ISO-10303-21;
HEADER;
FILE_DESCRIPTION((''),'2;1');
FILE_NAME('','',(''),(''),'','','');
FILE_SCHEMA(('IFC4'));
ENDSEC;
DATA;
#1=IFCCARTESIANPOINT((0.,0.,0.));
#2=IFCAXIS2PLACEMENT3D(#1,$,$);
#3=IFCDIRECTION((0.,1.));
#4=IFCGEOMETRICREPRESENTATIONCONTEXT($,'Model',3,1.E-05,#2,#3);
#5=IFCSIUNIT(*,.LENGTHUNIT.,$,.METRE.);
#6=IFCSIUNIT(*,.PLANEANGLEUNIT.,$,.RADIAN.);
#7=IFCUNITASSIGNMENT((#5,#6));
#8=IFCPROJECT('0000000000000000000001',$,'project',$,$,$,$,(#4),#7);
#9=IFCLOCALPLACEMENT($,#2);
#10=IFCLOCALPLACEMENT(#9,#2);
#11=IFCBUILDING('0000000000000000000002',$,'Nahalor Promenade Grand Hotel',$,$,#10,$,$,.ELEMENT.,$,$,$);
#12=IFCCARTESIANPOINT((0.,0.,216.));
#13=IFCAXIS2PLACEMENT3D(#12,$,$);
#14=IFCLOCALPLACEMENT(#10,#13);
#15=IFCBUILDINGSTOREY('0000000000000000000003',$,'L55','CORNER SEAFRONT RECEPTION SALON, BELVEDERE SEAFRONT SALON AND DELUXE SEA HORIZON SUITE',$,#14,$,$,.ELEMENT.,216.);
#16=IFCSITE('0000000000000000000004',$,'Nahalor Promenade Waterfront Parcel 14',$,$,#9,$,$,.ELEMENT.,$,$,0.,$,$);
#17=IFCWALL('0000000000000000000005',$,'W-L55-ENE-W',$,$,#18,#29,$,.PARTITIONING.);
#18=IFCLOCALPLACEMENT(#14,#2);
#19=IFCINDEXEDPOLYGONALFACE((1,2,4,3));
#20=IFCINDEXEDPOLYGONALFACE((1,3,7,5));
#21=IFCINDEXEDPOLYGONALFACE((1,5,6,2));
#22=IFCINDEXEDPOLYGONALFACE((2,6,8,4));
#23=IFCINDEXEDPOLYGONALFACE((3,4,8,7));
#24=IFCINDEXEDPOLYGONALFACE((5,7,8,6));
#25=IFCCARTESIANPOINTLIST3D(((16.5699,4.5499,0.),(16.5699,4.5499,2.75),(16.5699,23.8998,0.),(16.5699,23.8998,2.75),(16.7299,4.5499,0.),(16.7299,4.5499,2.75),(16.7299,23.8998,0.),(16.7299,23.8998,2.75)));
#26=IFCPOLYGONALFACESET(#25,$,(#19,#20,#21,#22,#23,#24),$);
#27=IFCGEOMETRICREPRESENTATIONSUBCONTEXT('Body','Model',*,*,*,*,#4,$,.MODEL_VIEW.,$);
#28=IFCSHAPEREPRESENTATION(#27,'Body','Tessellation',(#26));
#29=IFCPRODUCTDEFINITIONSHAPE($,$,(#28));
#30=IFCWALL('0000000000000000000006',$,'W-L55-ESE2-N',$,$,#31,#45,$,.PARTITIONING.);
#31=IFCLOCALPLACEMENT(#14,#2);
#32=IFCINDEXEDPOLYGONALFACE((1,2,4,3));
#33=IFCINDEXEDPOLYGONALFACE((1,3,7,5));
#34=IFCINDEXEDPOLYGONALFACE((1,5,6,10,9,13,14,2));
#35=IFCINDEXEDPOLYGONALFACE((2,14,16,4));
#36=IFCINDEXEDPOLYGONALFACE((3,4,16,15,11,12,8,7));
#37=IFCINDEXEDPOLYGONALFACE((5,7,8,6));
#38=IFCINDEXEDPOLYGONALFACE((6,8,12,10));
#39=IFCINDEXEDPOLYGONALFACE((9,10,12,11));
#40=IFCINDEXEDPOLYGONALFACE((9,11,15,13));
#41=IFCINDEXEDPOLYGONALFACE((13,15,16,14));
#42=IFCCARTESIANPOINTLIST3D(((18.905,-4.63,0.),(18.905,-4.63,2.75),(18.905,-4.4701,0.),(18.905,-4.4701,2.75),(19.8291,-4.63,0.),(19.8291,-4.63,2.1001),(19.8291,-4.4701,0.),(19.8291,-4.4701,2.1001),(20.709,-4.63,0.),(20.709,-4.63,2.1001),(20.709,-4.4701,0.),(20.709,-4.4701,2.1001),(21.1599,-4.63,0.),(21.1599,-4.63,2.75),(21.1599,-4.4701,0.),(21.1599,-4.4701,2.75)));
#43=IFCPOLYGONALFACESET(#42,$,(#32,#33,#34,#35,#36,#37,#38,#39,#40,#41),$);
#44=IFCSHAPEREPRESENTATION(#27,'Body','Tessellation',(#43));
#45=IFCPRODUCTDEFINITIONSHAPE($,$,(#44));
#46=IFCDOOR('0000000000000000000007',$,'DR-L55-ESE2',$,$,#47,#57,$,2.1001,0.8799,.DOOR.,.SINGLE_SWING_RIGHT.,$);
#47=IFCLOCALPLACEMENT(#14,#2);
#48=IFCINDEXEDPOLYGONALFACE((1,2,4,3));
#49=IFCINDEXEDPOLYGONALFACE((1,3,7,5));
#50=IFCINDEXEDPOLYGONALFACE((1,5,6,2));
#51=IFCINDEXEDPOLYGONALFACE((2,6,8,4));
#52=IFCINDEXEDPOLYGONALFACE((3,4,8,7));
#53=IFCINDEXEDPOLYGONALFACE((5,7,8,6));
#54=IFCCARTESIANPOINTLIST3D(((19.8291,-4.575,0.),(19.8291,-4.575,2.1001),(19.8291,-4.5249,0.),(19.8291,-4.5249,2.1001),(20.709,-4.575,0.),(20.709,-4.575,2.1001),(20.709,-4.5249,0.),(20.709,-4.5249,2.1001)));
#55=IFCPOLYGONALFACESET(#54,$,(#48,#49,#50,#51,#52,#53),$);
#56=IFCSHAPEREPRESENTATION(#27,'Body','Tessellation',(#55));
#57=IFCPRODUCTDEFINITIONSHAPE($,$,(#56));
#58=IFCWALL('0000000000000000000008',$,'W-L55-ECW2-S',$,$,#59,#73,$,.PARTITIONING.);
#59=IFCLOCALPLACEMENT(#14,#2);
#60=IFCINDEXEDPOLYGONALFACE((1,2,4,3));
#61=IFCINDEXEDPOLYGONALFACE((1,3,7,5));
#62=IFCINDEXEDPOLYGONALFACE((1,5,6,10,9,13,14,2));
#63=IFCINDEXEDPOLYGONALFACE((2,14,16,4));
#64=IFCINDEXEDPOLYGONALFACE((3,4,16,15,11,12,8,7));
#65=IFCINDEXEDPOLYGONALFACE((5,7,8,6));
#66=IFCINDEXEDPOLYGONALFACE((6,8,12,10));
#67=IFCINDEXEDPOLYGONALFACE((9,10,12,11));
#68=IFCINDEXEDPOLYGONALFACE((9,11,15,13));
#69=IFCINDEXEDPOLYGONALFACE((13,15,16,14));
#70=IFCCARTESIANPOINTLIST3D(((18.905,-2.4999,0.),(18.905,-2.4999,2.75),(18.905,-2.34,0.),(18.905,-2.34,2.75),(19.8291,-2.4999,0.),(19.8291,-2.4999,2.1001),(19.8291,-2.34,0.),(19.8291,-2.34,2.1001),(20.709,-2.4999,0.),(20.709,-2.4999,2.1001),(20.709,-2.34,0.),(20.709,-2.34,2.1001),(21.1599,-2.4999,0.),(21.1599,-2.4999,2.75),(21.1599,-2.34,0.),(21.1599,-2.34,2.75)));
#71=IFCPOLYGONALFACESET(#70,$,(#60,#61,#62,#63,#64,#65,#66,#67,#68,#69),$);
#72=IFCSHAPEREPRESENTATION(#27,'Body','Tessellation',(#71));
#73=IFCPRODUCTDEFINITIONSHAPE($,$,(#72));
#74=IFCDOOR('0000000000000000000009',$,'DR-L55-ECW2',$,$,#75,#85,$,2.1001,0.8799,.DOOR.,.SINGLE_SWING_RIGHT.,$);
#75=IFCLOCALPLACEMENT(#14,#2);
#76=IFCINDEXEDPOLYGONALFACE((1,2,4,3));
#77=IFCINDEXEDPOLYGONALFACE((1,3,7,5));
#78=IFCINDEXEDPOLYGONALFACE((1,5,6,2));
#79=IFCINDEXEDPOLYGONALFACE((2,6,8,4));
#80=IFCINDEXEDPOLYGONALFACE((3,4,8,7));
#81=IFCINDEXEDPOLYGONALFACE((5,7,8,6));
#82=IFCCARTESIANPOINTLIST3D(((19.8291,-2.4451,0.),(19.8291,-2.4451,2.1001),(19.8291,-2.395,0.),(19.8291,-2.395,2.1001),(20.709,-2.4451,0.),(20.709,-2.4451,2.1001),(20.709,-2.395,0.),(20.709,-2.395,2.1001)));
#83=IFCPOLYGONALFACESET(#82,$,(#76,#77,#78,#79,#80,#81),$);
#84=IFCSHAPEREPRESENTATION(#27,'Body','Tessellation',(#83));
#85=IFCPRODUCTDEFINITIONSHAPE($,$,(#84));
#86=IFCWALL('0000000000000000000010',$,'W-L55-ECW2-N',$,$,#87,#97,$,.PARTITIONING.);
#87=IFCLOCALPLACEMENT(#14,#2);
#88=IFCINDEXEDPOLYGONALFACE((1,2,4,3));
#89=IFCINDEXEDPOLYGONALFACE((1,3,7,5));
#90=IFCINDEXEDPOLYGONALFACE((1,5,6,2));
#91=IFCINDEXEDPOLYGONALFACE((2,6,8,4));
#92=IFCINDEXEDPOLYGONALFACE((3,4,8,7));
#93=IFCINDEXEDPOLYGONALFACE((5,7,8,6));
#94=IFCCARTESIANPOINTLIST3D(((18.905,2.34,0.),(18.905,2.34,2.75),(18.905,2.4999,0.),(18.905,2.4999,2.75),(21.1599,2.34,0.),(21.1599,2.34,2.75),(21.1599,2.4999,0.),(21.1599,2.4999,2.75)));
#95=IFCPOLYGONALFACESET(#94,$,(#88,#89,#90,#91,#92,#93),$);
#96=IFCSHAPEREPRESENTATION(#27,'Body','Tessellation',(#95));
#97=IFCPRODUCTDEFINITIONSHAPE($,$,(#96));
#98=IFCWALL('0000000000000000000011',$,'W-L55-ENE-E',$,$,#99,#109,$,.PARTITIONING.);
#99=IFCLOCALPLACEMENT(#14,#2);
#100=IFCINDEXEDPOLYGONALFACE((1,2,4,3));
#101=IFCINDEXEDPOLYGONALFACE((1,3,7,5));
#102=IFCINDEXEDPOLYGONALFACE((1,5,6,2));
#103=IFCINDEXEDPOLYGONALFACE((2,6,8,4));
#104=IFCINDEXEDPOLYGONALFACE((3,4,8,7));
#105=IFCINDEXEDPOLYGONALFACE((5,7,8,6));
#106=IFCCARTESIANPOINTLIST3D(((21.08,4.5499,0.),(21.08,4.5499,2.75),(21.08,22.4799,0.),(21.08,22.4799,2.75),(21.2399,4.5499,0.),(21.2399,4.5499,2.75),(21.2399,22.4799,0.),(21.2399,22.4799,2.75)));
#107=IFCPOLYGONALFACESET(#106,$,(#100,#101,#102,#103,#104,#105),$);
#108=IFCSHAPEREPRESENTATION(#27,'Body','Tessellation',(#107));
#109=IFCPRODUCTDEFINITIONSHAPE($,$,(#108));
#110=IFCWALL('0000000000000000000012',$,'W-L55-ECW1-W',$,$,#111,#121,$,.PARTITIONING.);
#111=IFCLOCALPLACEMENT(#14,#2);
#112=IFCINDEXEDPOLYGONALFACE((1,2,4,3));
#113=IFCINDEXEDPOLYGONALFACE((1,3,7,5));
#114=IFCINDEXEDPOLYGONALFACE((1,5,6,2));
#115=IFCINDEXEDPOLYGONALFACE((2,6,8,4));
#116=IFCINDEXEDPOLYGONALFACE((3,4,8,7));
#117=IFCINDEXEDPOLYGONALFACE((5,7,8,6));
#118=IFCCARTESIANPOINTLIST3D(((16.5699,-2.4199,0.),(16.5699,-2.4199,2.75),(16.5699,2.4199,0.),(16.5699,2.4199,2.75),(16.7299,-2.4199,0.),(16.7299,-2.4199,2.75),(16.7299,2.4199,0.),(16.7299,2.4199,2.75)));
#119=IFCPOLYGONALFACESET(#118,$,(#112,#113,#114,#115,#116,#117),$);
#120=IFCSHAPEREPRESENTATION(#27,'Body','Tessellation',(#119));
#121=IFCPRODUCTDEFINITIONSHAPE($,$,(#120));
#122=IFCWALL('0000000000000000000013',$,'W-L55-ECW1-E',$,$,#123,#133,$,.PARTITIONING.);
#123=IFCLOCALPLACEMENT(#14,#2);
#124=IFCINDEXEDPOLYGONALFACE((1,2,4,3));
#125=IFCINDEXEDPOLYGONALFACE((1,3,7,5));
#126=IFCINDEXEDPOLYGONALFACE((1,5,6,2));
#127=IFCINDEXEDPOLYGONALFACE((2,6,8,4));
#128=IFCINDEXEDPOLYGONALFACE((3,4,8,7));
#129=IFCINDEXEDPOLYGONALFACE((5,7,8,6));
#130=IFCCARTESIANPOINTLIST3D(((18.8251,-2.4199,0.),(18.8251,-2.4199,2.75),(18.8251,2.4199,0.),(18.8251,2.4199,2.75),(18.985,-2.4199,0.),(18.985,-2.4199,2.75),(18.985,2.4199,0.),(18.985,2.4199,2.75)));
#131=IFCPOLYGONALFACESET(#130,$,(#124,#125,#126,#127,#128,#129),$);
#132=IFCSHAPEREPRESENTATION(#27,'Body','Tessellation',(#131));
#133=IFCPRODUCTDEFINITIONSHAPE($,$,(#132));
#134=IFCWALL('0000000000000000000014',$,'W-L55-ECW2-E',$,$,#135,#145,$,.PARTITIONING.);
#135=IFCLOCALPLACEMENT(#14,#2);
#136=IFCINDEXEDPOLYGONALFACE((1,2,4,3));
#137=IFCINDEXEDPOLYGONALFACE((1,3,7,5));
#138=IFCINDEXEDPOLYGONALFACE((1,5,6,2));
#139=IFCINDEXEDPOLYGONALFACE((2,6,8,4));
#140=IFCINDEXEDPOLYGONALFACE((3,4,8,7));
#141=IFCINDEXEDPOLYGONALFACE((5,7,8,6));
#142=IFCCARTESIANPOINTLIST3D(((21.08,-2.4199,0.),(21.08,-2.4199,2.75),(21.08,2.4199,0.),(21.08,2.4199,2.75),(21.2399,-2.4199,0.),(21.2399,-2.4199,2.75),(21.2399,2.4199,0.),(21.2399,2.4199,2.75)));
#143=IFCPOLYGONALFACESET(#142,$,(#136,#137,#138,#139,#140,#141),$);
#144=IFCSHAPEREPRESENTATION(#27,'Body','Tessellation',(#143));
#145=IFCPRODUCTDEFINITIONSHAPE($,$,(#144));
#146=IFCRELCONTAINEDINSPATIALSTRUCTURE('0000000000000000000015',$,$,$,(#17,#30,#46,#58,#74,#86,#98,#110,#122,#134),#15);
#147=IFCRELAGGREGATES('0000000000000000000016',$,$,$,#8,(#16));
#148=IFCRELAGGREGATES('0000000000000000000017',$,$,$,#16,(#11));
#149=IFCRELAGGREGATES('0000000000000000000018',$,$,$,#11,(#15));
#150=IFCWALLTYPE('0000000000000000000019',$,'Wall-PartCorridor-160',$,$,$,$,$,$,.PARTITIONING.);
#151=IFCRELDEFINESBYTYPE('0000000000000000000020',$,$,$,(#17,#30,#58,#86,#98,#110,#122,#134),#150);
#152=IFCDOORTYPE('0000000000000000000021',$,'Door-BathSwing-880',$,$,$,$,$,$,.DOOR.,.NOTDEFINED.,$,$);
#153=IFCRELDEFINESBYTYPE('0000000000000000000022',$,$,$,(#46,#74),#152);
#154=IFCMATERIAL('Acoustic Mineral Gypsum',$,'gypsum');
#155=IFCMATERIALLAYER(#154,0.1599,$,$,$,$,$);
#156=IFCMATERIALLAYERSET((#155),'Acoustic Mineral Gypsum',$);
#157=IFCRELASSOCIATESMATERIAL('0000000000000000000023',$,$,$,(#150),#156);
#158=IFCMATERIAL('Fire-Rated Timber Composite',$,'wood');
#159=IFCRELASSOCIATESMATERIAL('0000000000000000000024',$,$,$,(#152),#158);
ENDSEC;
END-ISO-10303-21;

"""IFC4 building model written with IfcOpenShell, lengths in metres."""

from ifc_helpers import new_model, si_unit, direction, frame, frame_2d, origin, place, context, subcontext, project, spatial, rectangle, extrude, source, transform, mapped, material, layer, layer_set, type_object, element, fill, save


model = new_model("IFC4")

# Units and contexts
model_context = context("Model", 3, precision=1e-05, world=origin(), true_north=direction((0.0, 1.0)))
body_context = subcontext(model_context, "Body", "Model", "MODEL_VIEW")
ifc_project = project(units=[si_unit("LENGTHUNIT", "METRE"), si_unit("PLANEANGLEUNIT", "RADIAN")], contexts=[model_context])

# Site, building, storey
site_placement = place(None, origin())
site = spatial("IfcSite", under=ifc_project, at=site_placement, Name="Nahalor Promenade Waterfront Parcel 14", CompositionType="ELEMENT", RefElevation=0.0)
building_placement = place(site_placement, origin())
building = spatial("IfcBuilding", under=site, at=building_placement, Name="Nahalor Promenade Grand Hotel", CompositionType="ELEMENT")
storey_placement = place(building_placement, frame((0.0, 0.0, 216.0)))
storey = spatial("IfcBuildingStorey", under=building, at=storey_placement, Name="L55", Description="CORNER SEAFRONT RECEPTION SALON, BELVEDERE SEAFRONT SALON AND DELUXE SEA HORIZON SUITE", CompositionType="ELEMENT", Elevation=216.0)

# Shared definitions
ifc_material_1 = material(Name="Acoustic Mineral Gypsum", Category="gypsum")
ifc_layer_1 = layer(ifc_material_1, 0.1599)
ifc_layer_set_1 = layer_set([ifc_layer_1], Name="Acoustic Mineral Gypsum")
wall_type_1 = type_object("IfcWallType", Name="Wall-PartCorridor-160", PredefinedType="PARTITIONING", material=ifc_layer_set_1)
ifc_material_2 = material(Name="Fire-Rated Timber Composite", Category="wood")
door_type_1 = type_object("IfcDoorType", Name="Door-BathSwing-880", OperationType="NOTDEFINED", PredefinedType="DOOR", material=ifc_material_2)
shared_shape_1 = source(origin(), body_context, "Body", "SweptSolid", [
    extrude(rectangle(XDim=0.8799, YDim=2.1001, at=frame_2d((0.4399, 1.05))), frame((0.0, 0.0249, 0.0), z_axis=(0.0, -1.0, 0.0), x_axis=(1.0, 0.0, 0.0)), (0.0, 0.0, 1.0), 0.05),
])

# Wall
shared_shape_2 = source(origin(), body_context, "Body", "SweptSolid", [
    extrude(rectangle(XDim=19.3499, YDim=0.1599, at=frame_2d((9.6748, 0.0))), origin(), (0.0, 0.0, 1.0), 2.75),
])
wall_1_placement = place(storey_placement, frame((16.6499, 4.55, 0.0), z_axis=(0.0, 0.0, 1.0), x_axis=(0.0, 1.0, 0.0)))
element("IfcWall", 1, at=wall_1_placement, inside=storey, type_object=wall_type_1, Name="W-L55-ENE-W", PredefinedType="PARTITIONING", context=body_context, shape_type="MappedRepresentation", body=[
    mapped(shared_shape_2, transform((0.0, 0.0, 0.0), scale=1.0)),
])

# Walls, openings, doors
shared_shape_3 = source(origin(), body_context, "Body", "SweptSolid", [
    extrude(rectangle(XDim=2.2549, YDim=0.1599, at=frame_2d((1.1274, 0.0))), origin(), (0.0, 0.0, 1.0), 2.75),
])
wall_2_placement = place(storey_placement, frame((18.905, -4.55, 0.0), z_axis=(0.0, 0.0, 1.0), x_axis=(1.0, 0.0, 0.0)))
wall_2 = element("IfcWall", 2, at=wall_2_placement, inside=storey, type_object=wall_type_1, Name="W-L55-ESE2-N", PredefinedType="PARTITIONING", context=body_context, shape_type="MappedRepresentation", body=[
    mapped(shared_shape_3, transform((0.0, 0.0, 0.0), scale=1.0)),
])
opening_1_placement = place(wall_2_placement, frame((0.9241, 0.0, 0.0)))
opening_1 = element("IfcOpeningElement", 3, at=opening_1_placement, cuts=wall_2, PredefinedType="OPENING", context=body_context, shape_type="SweptSolid", body=[
    extrude(rectangle(XDim=0.8799, YDim=2.1001, at=frame_2d((0.4399, 1.05))), frame((0.0, 0.0898, 0.0), z_axis=(0.0, -1.0, 0.0), x_axis=(1.0, 0.0, 0.0)), (0.0, 0.0, 1.0), 0.1799),
])
door_1_placement = place(opening_1_placement, frame((0.8799, 0.0, 0.0), z_axis=(0.0, 0.0, 1.0), x_axis=(-1.0, 0.0, 0.0)))
door_1 = element("IfcDoor", 4, at=door_1_placement, inside=storey, type_object=door_type_1, Name="DR-L55-ESE2", OperationType="SINGLE_SWING_RIGHT", OverallHeight=2.1001, OverallWidth=0.8799, PredefinedType="DOOR", context=body_context, shape_type="MappedRepresentation", body=[
    mapped(shared_shape_1, transform((0.0, 0.0, 0.0), scale=1.0)),
])
fill(opening_1, door_1)
wall_3_placement = place(storey_placement, frame((18.905, -2.4199, 0.0), z_axis=(0.0, 0.0, 1.0), x_axis=(1.0, 0.0, 0.0)))
wall_3 = element("IfcWall", 5, at=wall_3_placement, inside=storey, type_object=wall_type_1, Name="W-L55-ECW2-S", PredefinedType="PARTITIONING", context=body_context, shape_type="MappedRepresentation", body=[
    mapped(shared_shape_3, transform((0.0, 0.0, 0.0), scale=1.0)),
])
opening_2_placement = place(wall_3_placement, frame((0.9241, 0.0, 0.0)))
opening_2 = element("IfcOpeningElement", 6, at=opening_2_placement, cuts=wall_3, PredefinedType="OPENING", context=body_context, shape_type="SweptSolid", body=[
    extrude(rectangle(XDim=0.8799, YDim=2.1001, at=frame_2d((0.4399, 1.05))), frame((0.0, 0.0898, 0.0), z_axis=(0.0, -1.0, 0.0), x_axis=(1.0, 0.0, 0.0)), (0.0, 0.0, 1.0), 0.1799),
])
door_2_placement = place(opening_2_placement, origin())
door_2 = element("IfcDoor", 7, at=door_2_placement, inside=storey, type_object=door_type_1, Name="DR-L55-ECW2", OperationType="SINGLE_SWING_RIGHT", OverallHeight=2.1001, OverallWidth=0.8799, PredefinedType="DOOR", context=body_context, shape_type="MappedRepresentation", body=[
    mapped(shared_shape_1, transform((0.0, 0.0, 0.0), scale=1.0)),
])
fill(opening_2, door_2)

# Walls
wall_4_placement = place(storey_placement, frame((18.905, 2.4199, 0.0), z_axis=(0.0, 0.0, 1.0), x_axis=(1.0, 0.0, 0.0)))
element("IfcWall", 8, at=wall_4_placement, inside=storey, type_object=wall_type_1, Name="W-L55-ECW2-N", PredefinedType="PARTITIONING", context=body_context, shape_type="MappedRepresentation", body=[
    mapped(shared_shape_3, transform((0.0, 0.0, 0.0), scale=1.0)),
])
shared_shape_4 = source(origin(), body_context, "Body", "SweptSolid", [
    extrude(rectangle(XDim=17.9299, YDim=0.1599, at=frame_2d((8.9648, 0.0))), origin(), (0.0, 0.0, 1.0), 2.75),
])
wall_5_placement = place(storey_placement, frame((21.1599, 4.55, 0.0), z_axis=(0.0, 0.0, 1.0), x_axis=(0.0, 1.0, 0.0)))
element("IfcWall", 9, at=wall_5_placement, inside=storey, type_object=wall_type_1, Name="W-L55-ENE-E", PredefinedType="PARTITIONING", context=body_context, shape_type="MappedRepresentation", body=[
    mapped(shared_shape_4, transform((0.0, 0.0, 0.0), scale=1.0)),
])
shared_shape_5 = source(origin(), body_context, "Body", "SweptSolid", [
    extrude(rectangle(XDim=4.8398, YDim=0.1599, at=frame_2d((2.4199, 0.0))), origin(), (0.0, 0.0, 1.0), 2.75),
])
for number, where, z_axis, x_axis, name in (
    (10, (16.6499, -2.4199, 0.0), (0.0, 0.0, 1.0), (0.0, 1.0, 0.0), "W-L55-ECW1-W"),
    (11, (18.905, -2.4199, 0.0), (0.0, 0.0, 1.0), (0.0, 1.0, 0.0), "W-L55-ECW1-E"),
    (12, (21.1599, -2.4199, 0.0), (0.0, 0.0, 1.0), (0.0, 1.0, 0.0), "W-L55-ECW2-E"),
):
    element("IfcWall", number, at=place(storey_placement, frame(where, z_axis=z_axis, x_axis=x_axis)), inside=storey, type_object=wall_type_1, Name=name, PredefinedType="PARTITIONING", context=body_context, shape_type="MappedRepresentation", body=[
        mapped(shared_shape_5, transform((0.0, 0.0, 0.0), scale=1.0)),
    ])

save(model, "model.ifc")
